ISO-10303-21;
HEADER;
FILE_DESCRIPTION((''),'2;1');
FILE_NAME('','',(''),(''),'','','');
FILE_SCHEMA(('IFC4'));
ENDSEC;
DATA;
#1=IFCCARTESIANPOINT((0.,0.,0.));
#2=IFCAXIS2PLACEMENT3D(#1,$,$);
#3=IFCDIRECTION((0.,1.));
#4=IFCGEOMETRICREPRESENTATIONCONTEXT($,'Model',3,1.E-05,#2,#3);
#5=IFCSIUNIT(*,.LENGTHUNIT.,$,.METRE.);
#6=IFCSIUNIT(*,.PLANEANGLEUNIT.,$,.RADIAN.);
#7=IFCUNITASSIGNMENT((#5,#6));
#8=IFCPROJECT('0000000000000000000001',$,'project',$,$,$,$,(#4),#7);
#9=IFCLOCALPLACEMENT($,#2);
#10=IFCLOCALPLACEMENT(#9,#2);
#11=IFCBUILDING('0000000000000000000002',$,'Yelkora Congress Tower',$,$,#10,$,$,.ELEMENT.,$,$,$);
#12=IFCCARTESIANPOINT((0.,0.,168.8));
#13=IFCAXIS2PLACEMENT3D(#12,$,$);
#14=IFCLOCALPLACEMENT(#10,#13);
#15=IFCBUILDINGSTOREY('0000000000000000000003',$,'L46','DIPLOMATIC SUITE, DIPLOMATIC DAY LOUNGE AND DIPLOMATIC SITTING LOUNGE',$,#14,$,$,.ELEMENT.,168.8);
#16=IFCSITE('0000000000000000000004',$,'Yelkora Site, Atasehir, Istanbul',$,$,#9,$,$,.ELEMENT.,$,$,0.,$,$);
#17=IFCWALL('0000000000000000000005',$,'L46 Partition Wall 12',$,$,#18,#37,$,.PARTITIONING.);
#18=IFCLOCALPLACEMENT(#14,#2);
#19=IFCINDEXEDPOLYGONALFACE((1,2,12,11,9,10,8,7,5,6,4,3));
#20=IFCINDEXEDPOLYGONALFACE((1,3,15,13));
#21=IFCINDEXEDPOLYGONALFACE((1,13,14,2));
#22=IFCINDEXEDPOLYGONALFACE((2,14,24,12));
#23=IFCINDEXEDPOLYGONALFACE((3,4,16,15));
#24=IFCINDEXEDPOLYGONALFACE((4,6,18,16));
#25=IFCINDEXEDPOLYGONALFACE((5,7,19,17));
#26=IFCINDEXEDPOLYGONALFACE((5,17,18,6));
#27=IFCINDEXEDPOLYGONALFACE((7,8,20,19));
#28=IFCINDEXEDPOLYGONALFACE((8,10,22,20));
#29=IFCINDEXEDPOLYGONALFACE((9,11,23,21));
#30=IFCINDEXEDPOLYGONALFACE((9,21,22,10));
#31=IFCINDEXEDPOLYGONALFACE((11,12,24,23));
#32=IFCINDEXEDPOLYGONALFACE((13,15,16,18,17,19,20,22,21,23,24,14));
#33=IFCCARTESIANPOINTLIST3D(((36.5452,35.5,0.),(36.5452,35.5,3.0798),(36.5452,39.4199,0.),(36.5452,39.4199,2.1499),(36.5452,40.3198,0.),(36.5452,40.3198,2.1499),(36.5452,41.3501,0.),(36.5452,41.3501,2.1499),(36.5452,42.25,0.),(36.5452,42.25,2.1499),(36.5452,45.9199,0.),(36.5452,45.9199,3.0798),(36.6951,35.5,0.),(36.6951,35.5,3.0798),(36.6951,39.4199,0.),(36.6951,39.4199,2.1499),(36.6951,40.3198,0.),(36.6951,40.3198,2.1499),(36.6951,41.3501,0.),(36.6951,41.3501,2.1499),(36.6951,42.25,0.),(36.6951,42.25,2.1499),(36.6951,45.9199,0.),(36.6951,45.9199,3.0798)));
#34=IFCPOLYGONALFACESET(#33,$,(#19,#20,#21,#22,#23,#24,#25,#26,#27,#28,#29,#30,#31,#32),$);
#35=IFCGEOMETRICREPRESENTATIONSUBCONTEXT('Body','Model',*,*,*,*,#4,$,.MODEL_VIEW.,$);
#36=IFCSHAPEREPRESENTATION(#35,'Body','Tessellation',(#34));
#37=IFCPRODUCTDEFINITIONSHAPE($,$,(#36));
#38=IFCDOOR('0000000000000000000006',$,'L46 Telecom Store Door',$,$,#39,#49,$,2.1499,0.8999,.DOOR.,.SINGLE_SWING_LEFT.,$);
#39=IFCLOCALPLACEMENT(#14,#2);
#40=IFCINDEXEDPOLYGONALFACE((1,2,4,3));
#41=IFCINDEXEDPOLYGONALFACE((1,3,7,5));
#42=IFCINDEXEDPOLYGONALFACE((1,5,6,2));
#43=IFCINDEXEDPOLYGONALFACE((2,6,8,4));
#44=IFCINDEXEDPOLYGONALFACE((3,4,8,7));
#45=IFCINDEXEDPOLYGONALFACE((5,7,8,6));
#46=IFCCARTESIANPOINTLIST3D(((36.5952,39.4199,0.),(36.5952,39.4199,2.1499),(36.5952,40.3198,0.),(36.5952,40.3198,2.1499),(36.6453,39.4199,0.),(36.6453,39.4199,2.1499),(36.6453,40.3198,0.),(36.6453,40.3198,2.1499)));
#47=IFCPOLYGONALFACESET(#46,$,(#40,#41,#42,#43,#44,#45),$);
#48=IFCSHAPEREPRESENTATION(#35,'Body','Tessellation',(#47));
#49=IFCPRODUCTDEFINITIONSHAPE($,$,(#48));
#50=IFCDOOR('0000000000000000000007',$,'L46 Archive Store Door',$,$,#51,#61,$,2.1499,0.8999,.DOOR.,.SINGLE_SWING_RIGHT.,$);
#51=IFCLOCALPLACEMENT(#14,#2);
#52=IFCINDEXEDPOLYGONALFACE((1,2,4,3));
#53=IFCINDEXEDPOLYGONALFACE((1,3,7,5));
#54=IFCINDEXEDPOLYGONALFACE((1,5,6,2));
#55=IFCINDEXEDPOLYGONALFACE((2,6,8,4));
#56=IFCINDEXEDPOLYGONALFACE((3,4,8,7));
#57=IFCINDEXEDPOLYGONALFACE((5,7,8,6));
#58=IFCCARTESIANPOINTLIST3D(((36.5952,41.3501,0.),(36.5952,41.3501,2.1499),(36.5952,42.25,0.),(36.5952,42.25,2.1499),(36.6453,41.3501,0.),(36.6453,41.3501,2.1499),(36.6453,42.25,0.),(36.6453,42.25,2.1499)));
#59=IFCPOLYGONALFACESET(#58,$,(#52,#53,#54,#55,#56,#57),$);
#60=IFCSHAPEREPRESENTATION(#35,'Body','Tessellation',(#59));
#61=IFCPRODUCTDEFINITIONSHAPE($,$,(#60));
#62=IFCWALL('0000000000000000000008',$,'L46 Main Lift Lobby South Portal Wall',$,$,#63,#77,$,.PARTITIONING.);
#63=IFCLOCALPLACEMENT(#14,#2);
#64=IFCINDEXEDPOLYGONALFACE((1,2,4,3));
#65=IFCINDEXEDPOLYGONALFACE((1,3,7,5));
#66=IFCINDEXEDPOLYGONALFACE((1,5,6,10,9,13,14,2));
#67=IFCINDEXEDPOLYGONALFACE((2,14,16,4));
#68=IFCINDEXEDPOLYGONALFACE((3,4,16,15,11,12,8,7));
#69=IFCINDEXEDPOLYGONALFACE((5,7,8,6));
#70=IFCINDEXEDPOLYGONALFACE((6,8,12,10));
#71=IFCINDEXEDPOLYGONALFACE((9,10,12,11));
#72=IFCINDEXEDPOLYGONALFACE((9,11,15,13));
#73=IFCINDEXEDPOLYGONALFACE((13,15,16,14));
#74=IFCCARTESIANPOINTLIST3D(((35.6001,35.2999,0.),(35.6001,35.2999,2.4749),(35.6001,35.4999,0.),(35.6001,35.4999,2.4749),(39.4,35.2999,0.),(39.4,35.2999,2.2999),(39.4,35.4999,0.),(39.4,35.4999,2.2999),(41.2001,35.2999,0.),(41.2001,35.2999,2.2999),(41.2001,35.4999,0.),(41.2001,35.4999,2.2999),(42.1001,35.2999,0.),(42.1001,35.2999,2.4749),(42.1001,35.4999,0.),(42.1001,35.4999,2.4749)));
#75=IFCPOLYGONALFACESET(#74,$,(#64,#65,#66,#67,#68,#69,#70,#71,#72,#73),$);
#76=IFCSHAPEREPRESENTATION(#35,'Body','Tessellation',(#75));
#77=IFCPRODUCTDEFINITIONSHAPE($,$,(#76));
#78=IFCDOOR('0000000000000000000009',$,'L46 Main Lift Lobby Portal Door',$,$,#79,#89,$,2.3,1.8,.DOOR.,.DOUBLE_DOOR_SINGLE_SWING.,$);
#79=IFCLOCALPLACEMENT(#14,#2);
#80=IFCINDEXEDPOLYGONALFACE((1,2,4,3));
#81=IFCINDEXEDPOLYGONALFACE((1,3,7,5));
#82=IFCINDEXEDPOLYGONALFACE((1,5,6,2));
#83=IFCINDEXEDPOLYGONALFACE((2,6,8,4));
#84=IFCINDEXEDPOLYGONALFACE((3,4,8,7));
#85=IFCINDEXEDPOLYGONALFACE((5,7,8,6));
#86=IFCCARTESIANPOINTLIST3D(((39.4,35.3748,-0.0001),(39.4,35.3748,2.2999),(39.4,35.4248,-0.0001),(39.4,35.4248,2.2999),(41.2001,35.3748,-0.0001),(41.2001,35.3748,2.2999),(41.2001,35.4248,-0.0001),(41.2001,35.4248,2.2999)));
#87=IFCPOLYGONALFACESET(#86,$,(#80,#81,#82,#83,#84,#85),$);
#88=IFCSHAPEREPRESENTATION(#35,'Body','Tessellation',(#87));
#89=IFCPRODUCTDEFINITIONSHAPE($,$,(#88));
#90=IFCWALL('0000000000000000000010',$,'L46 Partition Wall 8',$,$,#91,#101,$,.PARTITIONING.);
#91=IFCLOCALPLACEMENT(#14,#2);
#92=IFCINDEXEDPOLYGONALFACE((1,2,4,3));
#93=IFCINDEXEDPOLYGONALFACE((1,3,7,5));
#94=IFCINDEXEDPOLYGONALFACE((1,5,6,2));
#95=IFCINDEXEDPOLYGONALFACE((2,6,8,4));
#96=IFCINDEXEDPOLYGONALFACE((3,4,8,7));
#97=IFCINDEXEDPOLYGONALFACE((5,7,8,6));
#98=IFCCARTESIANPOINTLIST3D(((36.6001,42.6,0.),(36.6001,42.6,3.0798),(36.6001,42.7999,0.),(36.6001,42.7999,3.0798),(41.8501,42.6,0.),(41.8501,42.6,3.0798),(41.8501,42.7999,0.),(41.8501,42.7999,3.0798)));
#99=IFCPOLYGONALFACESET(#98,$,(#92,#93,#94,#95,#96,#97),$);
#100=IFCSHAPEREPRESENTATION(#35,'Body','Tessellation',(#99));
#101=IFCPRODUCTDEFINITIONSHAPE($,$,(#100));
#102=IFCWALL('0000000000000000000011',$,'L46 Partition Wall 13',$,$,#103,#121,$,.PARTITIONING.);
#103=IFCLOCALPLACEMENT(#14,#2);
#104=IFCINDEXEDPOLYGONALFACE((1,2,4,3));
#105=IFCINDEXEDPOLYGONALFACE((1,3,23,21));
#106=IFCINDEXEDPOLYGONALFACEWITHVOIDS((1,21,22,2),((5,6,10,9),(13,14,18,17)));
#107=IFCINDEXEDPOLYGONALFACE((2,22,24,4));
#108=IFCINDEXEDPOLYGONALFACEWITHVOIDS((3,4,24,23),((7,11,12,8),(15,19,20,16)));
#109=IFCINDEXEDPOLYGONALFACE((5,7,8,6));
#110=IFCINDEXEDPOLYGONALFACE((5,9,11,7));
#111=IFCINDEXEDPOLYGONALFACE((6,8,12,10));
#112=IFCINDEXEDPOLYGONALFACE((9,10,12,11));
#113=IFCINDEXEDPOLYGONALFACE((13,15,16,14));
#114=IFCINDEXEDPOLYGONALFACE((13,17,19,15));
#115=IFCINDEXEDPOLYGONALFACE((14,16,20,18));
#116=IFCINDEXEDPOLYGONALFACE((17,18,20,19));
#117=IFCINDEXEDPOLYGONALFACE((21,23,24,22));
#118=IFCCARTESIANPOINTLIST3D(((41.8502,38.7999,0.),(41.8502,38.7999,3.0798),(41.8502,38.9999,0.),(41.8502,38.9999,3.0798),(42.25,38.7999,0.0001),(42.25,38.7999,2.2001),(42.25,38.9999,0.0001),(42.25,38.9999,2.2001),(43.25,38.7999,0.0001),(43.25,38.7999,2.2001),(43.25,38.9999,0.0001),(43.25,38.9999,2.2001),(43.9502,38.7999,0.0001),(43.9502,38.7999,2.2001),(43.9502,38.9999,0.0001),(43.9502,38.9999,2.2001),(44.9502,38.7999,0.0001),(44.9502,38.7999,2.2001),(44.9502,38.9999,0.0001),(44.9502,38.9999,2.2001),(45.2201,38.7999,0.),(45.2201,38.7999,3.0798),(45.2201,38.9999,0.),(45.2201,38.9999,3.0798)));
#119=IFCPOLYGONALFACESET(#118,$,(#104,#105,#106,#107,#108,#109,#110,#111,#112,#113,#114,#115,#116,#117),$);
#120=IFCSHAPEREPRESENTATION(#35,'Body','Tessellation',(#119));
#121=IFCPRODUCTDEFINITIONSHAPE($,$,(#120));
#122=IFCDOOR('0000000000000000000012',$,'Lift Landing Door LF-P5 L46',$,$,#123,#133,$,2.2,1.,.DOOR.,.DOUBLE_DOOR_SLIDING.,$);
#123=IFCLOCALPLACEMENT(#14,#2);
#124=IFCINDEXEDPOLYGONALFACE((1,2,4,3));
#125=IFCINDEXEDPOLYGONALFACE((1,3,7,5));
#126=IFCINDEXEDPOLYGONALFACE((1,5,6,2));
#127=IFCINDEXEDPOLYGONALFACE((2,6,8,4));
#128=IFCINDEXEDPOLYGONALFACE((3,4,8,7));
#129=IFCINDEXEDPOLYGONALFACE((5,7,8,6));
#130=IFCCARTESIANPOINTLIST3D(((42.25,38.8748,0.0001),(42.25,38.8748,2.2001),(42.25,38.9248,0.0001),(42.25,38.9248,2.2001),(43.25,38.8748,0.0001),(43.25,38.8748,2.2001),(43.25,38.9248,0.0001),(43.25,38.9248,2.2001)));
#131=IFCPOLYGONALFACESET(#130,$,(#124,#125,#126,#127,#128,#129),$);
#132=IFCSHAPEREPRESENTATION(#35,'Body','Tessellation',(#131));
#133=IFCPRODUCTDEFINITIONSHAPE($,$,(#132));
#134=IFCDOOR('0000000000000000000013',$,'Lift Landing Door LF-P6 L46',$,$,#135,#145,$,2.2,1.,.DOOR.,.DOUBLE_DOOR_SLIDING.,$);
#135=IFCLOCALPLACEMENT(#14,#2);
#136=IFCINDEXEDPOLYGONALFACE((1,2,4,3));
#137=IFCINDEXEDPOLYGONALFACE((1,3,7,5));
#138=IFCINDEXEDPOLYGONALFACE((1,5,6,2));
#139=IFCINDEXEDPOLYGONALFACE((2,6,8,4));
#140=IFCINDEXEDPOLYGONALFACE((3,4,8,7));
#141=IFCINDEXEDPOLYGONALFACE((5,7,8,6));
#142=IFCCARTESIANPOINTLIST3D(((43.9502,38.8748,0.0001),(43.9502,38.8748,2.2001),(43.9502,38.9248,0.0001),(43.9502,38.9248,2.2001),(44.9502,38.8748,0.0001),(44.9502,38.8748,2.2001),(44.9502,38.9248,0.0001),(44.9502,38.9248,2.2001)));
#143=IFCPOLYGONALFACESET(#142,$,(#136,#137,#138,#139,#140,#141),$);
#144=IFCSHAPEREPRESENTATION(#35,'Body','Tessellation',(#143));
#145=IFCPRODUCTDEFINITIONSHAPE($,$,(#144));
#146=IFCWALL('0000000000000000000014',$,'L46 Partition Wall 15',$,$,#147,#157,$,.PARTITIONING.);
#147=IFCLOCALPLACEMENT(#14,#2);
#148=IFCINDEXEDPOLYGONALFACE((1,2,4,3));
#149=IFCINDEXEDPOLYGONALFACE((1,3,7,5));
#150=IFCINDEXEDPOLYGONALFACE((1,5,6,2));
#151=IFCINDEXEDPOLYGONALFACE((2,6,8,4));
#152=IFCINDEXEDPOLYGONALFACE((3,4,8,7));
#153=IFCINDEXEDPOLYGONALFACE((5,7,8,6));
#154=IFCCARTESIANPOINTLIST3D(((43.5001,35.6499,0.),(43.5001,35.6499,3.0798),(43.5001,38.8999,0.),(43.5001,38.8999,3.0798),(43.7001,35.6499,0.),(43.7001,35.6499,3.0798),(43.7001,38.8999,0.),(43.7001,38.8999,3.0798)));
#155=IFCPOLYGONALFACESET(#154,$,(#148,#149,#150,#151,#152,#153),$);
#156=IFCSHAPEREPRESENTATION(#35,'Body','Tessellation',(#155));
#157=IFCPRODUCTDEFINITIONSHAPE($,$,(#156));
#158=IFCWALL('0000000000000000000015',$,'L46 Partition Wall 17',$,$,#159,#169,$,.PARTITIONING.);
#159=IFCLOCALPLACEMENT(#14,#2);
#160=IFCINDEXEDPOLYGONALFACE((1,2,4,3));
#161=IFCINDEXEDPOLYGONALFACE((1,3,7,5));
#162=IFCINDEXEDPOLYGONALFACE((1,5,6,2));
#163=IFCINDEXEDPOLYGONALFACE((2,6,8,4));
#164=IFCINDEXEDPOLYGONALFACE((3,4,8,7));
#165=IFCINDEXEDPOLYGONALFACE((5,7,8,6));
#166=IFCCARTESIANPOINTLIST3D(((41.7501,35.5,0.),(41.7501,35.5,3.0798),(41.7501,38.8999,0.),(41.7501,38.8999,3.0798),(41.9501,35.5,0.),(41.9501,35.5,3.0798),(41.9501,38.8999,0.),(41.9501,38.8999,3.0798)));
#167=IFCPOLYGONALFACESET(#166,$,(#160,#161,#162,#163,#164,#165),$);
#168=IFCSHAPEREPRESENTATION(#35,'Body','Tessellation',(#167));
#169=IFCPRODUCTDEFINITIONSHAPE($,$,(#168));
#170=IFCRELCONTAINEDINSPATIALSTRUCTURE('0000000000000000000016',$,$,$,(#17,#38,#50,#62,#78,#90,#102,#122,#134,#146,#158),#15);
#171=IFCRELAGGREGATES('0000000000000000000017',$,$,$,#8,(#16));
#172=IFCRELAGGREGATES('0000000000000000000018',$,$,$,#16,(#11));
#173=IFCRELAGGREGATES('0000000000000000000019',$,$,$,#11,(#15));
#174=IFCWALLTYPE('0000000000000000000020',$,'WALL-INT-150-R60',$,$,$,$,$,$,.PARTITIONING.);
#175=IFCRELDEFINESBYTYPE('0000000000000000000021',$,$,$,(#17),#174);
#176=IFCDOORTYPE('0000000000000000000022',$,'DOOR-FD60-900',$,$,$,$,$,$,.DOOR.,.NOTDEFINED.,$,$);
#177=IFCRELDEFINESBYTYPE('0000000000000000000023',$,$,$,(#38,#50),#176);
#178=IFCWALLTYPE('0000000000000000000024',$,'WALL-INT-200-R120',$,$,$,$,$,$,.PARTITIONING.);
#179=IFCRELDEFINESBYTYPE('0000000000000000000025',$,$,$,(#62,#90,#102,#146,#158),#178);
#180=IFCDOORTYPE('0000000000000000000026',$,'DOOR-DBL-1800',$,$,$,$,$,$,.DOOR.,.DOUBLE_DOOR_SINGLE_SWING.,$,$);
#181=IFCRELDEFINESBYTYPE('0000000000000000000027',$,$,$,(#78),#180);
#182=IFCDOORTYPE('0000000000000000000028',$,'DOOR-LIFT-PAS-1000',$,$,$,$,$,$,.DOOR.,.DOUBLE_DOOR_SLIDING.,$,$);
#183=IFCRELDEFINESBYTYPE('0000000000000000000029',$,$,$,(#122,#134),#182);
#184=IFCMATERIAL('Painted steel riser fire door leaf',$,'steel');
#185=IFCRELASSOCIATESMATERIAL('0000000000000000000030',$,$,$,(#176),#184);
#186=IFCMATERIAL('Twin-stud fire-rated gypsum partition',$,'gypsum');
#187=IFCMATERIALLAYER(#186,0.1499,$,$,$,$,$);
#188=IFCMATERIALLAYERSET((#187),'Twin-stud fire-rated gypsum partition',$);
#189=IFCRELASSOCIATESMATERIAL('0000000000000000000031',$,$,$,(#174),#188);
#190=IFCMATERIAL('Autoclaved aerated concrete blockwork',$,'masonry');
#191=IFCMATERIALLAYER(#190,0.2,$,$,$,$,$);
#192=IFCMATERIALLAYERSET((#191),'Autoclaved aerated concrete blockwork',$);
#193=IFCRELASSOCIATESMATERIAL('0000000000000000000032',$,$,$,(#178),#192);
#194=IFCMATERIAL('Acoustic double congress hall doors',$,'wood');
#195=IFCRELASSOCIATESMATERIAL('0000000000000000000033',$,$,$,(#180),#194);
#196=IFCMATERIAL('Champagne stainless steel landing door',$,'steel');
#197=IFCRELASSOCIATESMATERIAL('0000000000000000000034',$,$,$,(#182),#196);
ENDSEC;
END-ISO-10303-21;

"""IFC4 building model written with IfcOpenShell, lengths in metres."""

from ifc_helpers import new_model, si_unit, direction, frame, frame_2d, origin, place, context, subcontext, project, spatial, rectangle, extrude, material, layer, layer_set, type_object, element, fill, save


model = new_model("IFC4")

# Units and contexts
model_context = context("Model", 3, precision=1e-05, world=origin(), true_north=direction((0.0, 1.0)))
body_context = subcontext(model_context, "Body", "Model", "MODEL_VIEW")
ifc_project = project(units=[si_unit("LENGTHUNIT", "METRE"), si_unit("PLANEANGLEUNIT", "RADIAN")], contexts=[model_context])

# Site, building, storey
site_placement = place(None, origin())
site = spatial("IfcSite", under=ifc_project, at=site_placement, Name="Yelkora Site, Atasehir, Istanbul", CompositionType="ELEMENT", RefElevation=0.0)
building_placement = place(site_placement, origin())
building = spatial("IfcBuilding", under=site, at=building_placement, Name="Yelkora Congress Tower", CompositionType="ELEMENT")
storey_placement = place(building_placement, frame((0.0, 0.0, 168.8)))
storey = spatial("IfcBuildingStorey", under=building, at=storey_placement, Name="L46", Description="DIPLOMATIC SUITE, DIPLOMATIC DAY LOUNGE AND DIPLOMATIC SITTING LOUNGE", CompositionType="ELEMENT", Elevation=168.8)

# Shared definitions
ifc_material_1 = material(Name="Painted steel riser fire door leaf", Category="steel")
door_type_1 = type_object("IfcDoorType", Name="DOOR-FD60-900", OperationType="NOTDEFINED", PredefinedType="DOOR", material=ifc_material_1)

# Shared definitions
ifc_material_2 = material(Name="Twin-stud fire-rated gypsum partition", Category="gypsum")
ifc_layer_1 = layer(ifc_material_2, 0.1499)
ifc_layer_set_1 = layer_set([ifc_layer_1], Name="Twin-stud fire-rated gypsum partition")
wall_type_1 = type_object("IfcWallType", Name="WALL-INT-150-R60", PredefinedType="PARTITIONING", material=ifc_layer_set_1)

# Wall, openings, doors
wall_1_placement = place(storey_placement, frame((36.6201, 35.5, 0.0), z_axis=(0.0, 0.0, 1.0), x_axis=(0.0, 1.0, 0.0)))
wall_1 = element("IfcWall", 1, at=wall_1_placement, inside=storey, type_object=wall_type_1, Name="L46 Partition Wall 12", PredefinedType="PARTITIONING", context=body_context, shape_type="SweptSolid", body=[
    extrude(rectangle(XDim=10.4199, YDim=0.1499, at=frame_2d((5.21, 0.0))), origin(), (0.0, 0.0, 1.0), 3.0798),
])
opening_1_placement = place(wall_1_placement, frame((3.9199, 0.0, 0.0)))
opening_1 = element("IfcOpeningElement", 2, at=opening_1_placement, cuts=wall_1, PredefinedType="OPENING", context=body_context, shape_type="SweptSolid", body=[
    extrude(rectangle(XDim=0.8999, YDim=2.1499, at=frame_2d((0.45, 1.075))), frame((0.0, 0.085, 0.0), z_axis=(0.0, -1.0, 0.0), x_axis=(1.0, 0.0, 0.0)), (0.0, 0.0, 1.0), 0.1699),
])
opening_2_placement = place(wall_1_placement, frame((5.8501, 0.0, 0.0)))
opening_2 = element("IfcOpeningElement", 3, at=opening_2_placement, cuts=wall_1, PredefinedType="OPENING", context=body_context, shape_type="SweptSolid", body=[
    extrude(rectangle(XDim=0.8999, YDim=2.1499, at=frame_2d((0.45, 1.075))), frame((0.0, 0.085, 0.0), z_axis=(0.0, -1.0, 0.0), x_axis=(1.0, 0.0, 0.0)), (0.0, 0.0, 1.0), 0.1699),
])
door_1_placement = place(opening_1_placement, origin())
door_1 = element("IfcDoor", 4, at=door_1_placement, inside=storey, type_object=door_type_1, Name="L46 Telecom Store Door", OperationType="SINGLE_SWING_LEFT", OverallHeight=2.1499, OverallWidth=0.8999, PredefinedType="DOOR", context=body_context, shape_type="SweptSolid", body=[
    extrude(rectangle(XDim=0.8999, YDim=2.1499, at=frame_2d((0.45, 1.075))), frame((0.0, 0.0249, 0.0), z_axis=(0.0, -1.0, 0.0), x_axis=(1.0, 0.0, 0.0)), (0.0, 0.0, 1.0), 0.05),
])
fill(opening_1, door_1)
door_2_placement = place(opening_2_placement, origin())
door_2 = element("IfcDoor", 5, at=door_2_placement, inside=storey, type_object=door_type_1, Name="L46 Archive Store Door", OperationType="SINGLE_SWING_RIGHT", OverallHeight=2.1499, OverallWidth=0.8999, PredefinedType="DOOR", context=body_context, shape_type="SweptSolid", body=[
    extrude(rectangle(XDim=0.8999, YDim=2.1499, at=frame_2d((0.45, 1.075))), frame((0.0, 0.0249, 0.0), z_axis=(0.0, -1.0, 0.0), x_axis=(1.0, 0.0, 0.0)), (0.0, 0.0, 1.0), 0.05),
])
fill(opening_2, door_2)

# Wall, opening, door
ifc_material_3 = material(Name="Autoclaved aerated concrete blockwork", Category="masonry")
ifc_layer_2 = layer(ifc_material_3, 0.2)
ifc_layer_set_2 = layer_set([ifc_layer_2], Name="Autoclaved aerated concrete blockwork")
wall_type_2 = type_object("IfcWallType", Name="WALL-INT-200-R120", PredefinedType="PARTITIONING", material=ifc_layer_set_2)
wall_2_placement = place(storey_placement, frame((35.6001, 35.3999, 0.0), z_axis=(0.0, 0.0, 1.0), x_axis=(1.0, 0.0, 0.0)))
wall_2 = element("IfcWall", 6, at=wall_2_placement, inside=storey, type_object=wall_type_2, Name="L46 Main Lift Lobby South Portal Wall", PredefinedType="PARTITIONING", context=body_context, shape_type="SweptSolid", body=[
    extrude(rectangle(XDim=6.5, YDim=0.2, at=frame_2d((3.25, 0.0))), origin(), (0.0, 0.0, 1.0), 2.4749),
])
opening_3_placement = place(wall_2_placement, frame((3.8, 0.0, 0.0)))
opening_3 = element("IfcOpeningElement", 7, at=opening_3_placement, cuts=wall_2, PredefinedType="OPENING", context=body_context, shape_type="SweptSolid", body=[
    extrude(rectangle(XDim=1.8, YDim=2.3, at=frame_2d((0.8999, 1.1499))), frame((0.0, 0.1099, 0.0), z_axis=(0.0, -1.0, 0.0), x_axis=(1.0, 0.0, 0.0)), (0.0, 0.0, 1.0), 0.22),
])
ifc_material_4 = material(Name="Acoustic double congress hall doors", Category="wood")
door_type_2 = type_object("IfcDoorType", Name="DOOR-DBL-1800", OperationType="DOUBLE_DOOR_SINGLE_SWING", PredefinedType="DOOR", material=ifc_material_4)
door_3_placement = place(opening_3_placement, origin())
door_3 = element("IfcDoor", 8, at=door_3_placement, inside=storey, type_object=door_type_2, Name="L46 Main Lift Lobby Portal Door", OperationType="DOUBLE_DOOR_SINGLE_SWING", OverallHeight=2.3, OverallWidth=1.8, PredefinedType="DOOR", context=body_context, shape_type="SweptSolid", body=[
    extrude(rectangle(XDim=1.8, YDim=2.3, at=frame_2d((0.8999, 1.1499))), frame((0.0, 0.0249, 0.0), z_axis=(0.0, -1.0, 0.0), x_axis=(1.0, 0.0, 0.0)), (0.0, 0.0, 1.0), 0.05),
])
fill(opening_3, door_3)

# Wall
wall_3_placement = place(storey_placement, frame((36.6001, 42.7, 0.0), z_axis=(0.0, 0.0, 1.0), x_axis=(1.0, 0.0, 0.0)))
element("IfcWall", 9, at=wall_3_placement, inside=storey, type_object=wall_type_2, Name="L46 Partition Wall 8", PredefinedType="PARTITIONING", context=body_context, shape_type="SweptSolid", body=[
    extrude(rectangle(XDim=5.25, YDim=0.2, at=frame_2d((2.625, 0.0))), origin(), (0.0, 0.0, 1.0), 3.0798),
])

# Wall, openings, doors
wall_4_placement = place(storey_placement, frame((41.8501, 38.8999, 0.0), z_axis=(0.0, 0.0, 1.0), x_axis=(1.0, 0.0, 0.0)))
wall_4 = element("IfcWall", 10, at=wall_4_placement, inside=storey, type_object=wall_type_2, Name="L46 Partition Wall 13", PredefinedType="PARTITIONING", context=body_context, shape_type="SweptSolid", body=[
    extrude(rectangle(XDim=3.3699, YDim=0.2, at=frame_2d((1.6851, 0.0))), origin(), (0.0, 0.0, 1.0), 3.0798),
])
opening_4_placement = place(wall_4_placement, frame((0.3999, 0.0, 0.0)))
opening_4 = element("IfcOpeningElement", 11, at=opening_4_placement, cuts=wall_4, PredefinedType="OPENING", context=body_context, shape_type="SweptSolid", body=[
    extrude(rectangle(XDim=1.0, YDim=2.2, at=frame_2d((0.5, 1.1001))), frame((0.0, 0.1099, 0.0), z_axis=(0.0, -1.0, 0.0), x_axis=(1.0, 0.0, 0.0)), (0.0, 0.0, 1.0), 0.22),
])
opening_5_placement = place(wall_4_placement, frame((2.1001, 0.0, 0.0)))
opening_5 = element("IfcOpeningElement", 12, at=opening_5_placement, cuts=wall_4, PredefinedType="OPENING", context=body_context, shape_type="SweptSolid", body=[
    extrude(rectangle(XDim=1.0, YDim=2.2, at=frame_2d((0.5, 1.1001))), frame((0.0, 0.1099, 0.0), z_axis=(0.0, -1.0, 0.0), x_axis=(1.0, 0.0, 0.0)), (0.0, 0.0, 1.0), 0.22),
])
ifc_material_5 = material(Name="Champagne stainless steel landing door", Category="steel")
door_type_3 = type_object("IfcDoorType", Name="DOOR-LIFT-PAS-1000", OperationType="DOUBLE_DOOR_SLIDING", PredefinedType="DOOR", material=ifc_material_5)
door_4_placement = place(opening_4_placement, origin())
door_4 = element("IfcDoor", 13, at=door_4_placement, inside=storey, type_object=door_type_3, Name="Lift Landing Door LF-P5 L46", OperationType="DOUBLE_DOOR_SLIDING", OverallHeight=2.2, OverallWidth=1.0, PredefinedType="DOOR", context=body_context, shape_type="SweptSolid", body=[
    extrude(rectangle(XDim=1.0, YDim=2.2, at=frame_2d((0.5, 1.1001))), frame((0.0, 0.0249, 0.0), z_axis=(0.0, -1.0, 0.0), x_axis=(1.0, 0.0, 0.0)), (0.0, 0.0, 1.0), 0.05),
])
fill(opening_4, door_4)
door_5_placement = place(opening_5_placement, origin())
door_5 = element("IfcDoor", 14, at=door_5_placement, inside=storey, type_object=door_type_3, Name="Lift Landing Door LF-P6 L46", OperationType="DOUBLE_DOOR_SLIDING", OverallHeight=2.2, OverallWidth=1.0, PredefinedType="DOOR", context=body_context, shape_type="SweptSolid", body=[
    extrude(rectangle(XDim=1.0, YDim=2.2, at=frame_2d((0.5, 1.1001))), frame((0.0, 0.0249, 0.0), z_axis=(0.0, -1.0, 0.0), x_axis=(1.0, 0.0, 0.0)), (0.0, 0.0, 1.0), 0.05),
])
fill(opening_5, door_5)

# Walls
wall_5_placement = place(storey_placement, frame((43.6001, 35.6499, 0.0), z_axis=(0.0, 0.0, 1.0), x_axis=(0.0, 1.0, 0.0)))
element("IfcWall", 15, at=wall_5_placement, inside=storey, type_object=wall_type_2, Name="L46 Partition Wall 15", PredefinedType="PARTITIONING", context=body_context, shape_type="SweptSolid", body=[
    extrude(rectangle(XDim=3.25, YDim=0.2, at=frame_2d((1.625, 0.0))), origin(), (0.0, 0.0, 1.0), 3.0798),
])
wall_6_placement = place(storey_placement, frame((41.8501, 35.5, 0.0), z_axis=(0.0, 0.0, 1.0), x_axis=(0.0, 1.0, 0.0)))
element("IfcWall", 16, at=wall_6_placement, inside=storey, type_object=wall_type_2, Name="L46 Partition Wall 17", PredefinedType="PARTITIONING", context=body_context, shape_type="SweptSolid", body=[
    extrude(rectangle(XDim=3.3999, YDim=0.2, at=frame_2d((1.7, 0.0))), origin(), (0.0, 0.0, 1.0), 3.0798),
])

save(model, "model.ifc")
